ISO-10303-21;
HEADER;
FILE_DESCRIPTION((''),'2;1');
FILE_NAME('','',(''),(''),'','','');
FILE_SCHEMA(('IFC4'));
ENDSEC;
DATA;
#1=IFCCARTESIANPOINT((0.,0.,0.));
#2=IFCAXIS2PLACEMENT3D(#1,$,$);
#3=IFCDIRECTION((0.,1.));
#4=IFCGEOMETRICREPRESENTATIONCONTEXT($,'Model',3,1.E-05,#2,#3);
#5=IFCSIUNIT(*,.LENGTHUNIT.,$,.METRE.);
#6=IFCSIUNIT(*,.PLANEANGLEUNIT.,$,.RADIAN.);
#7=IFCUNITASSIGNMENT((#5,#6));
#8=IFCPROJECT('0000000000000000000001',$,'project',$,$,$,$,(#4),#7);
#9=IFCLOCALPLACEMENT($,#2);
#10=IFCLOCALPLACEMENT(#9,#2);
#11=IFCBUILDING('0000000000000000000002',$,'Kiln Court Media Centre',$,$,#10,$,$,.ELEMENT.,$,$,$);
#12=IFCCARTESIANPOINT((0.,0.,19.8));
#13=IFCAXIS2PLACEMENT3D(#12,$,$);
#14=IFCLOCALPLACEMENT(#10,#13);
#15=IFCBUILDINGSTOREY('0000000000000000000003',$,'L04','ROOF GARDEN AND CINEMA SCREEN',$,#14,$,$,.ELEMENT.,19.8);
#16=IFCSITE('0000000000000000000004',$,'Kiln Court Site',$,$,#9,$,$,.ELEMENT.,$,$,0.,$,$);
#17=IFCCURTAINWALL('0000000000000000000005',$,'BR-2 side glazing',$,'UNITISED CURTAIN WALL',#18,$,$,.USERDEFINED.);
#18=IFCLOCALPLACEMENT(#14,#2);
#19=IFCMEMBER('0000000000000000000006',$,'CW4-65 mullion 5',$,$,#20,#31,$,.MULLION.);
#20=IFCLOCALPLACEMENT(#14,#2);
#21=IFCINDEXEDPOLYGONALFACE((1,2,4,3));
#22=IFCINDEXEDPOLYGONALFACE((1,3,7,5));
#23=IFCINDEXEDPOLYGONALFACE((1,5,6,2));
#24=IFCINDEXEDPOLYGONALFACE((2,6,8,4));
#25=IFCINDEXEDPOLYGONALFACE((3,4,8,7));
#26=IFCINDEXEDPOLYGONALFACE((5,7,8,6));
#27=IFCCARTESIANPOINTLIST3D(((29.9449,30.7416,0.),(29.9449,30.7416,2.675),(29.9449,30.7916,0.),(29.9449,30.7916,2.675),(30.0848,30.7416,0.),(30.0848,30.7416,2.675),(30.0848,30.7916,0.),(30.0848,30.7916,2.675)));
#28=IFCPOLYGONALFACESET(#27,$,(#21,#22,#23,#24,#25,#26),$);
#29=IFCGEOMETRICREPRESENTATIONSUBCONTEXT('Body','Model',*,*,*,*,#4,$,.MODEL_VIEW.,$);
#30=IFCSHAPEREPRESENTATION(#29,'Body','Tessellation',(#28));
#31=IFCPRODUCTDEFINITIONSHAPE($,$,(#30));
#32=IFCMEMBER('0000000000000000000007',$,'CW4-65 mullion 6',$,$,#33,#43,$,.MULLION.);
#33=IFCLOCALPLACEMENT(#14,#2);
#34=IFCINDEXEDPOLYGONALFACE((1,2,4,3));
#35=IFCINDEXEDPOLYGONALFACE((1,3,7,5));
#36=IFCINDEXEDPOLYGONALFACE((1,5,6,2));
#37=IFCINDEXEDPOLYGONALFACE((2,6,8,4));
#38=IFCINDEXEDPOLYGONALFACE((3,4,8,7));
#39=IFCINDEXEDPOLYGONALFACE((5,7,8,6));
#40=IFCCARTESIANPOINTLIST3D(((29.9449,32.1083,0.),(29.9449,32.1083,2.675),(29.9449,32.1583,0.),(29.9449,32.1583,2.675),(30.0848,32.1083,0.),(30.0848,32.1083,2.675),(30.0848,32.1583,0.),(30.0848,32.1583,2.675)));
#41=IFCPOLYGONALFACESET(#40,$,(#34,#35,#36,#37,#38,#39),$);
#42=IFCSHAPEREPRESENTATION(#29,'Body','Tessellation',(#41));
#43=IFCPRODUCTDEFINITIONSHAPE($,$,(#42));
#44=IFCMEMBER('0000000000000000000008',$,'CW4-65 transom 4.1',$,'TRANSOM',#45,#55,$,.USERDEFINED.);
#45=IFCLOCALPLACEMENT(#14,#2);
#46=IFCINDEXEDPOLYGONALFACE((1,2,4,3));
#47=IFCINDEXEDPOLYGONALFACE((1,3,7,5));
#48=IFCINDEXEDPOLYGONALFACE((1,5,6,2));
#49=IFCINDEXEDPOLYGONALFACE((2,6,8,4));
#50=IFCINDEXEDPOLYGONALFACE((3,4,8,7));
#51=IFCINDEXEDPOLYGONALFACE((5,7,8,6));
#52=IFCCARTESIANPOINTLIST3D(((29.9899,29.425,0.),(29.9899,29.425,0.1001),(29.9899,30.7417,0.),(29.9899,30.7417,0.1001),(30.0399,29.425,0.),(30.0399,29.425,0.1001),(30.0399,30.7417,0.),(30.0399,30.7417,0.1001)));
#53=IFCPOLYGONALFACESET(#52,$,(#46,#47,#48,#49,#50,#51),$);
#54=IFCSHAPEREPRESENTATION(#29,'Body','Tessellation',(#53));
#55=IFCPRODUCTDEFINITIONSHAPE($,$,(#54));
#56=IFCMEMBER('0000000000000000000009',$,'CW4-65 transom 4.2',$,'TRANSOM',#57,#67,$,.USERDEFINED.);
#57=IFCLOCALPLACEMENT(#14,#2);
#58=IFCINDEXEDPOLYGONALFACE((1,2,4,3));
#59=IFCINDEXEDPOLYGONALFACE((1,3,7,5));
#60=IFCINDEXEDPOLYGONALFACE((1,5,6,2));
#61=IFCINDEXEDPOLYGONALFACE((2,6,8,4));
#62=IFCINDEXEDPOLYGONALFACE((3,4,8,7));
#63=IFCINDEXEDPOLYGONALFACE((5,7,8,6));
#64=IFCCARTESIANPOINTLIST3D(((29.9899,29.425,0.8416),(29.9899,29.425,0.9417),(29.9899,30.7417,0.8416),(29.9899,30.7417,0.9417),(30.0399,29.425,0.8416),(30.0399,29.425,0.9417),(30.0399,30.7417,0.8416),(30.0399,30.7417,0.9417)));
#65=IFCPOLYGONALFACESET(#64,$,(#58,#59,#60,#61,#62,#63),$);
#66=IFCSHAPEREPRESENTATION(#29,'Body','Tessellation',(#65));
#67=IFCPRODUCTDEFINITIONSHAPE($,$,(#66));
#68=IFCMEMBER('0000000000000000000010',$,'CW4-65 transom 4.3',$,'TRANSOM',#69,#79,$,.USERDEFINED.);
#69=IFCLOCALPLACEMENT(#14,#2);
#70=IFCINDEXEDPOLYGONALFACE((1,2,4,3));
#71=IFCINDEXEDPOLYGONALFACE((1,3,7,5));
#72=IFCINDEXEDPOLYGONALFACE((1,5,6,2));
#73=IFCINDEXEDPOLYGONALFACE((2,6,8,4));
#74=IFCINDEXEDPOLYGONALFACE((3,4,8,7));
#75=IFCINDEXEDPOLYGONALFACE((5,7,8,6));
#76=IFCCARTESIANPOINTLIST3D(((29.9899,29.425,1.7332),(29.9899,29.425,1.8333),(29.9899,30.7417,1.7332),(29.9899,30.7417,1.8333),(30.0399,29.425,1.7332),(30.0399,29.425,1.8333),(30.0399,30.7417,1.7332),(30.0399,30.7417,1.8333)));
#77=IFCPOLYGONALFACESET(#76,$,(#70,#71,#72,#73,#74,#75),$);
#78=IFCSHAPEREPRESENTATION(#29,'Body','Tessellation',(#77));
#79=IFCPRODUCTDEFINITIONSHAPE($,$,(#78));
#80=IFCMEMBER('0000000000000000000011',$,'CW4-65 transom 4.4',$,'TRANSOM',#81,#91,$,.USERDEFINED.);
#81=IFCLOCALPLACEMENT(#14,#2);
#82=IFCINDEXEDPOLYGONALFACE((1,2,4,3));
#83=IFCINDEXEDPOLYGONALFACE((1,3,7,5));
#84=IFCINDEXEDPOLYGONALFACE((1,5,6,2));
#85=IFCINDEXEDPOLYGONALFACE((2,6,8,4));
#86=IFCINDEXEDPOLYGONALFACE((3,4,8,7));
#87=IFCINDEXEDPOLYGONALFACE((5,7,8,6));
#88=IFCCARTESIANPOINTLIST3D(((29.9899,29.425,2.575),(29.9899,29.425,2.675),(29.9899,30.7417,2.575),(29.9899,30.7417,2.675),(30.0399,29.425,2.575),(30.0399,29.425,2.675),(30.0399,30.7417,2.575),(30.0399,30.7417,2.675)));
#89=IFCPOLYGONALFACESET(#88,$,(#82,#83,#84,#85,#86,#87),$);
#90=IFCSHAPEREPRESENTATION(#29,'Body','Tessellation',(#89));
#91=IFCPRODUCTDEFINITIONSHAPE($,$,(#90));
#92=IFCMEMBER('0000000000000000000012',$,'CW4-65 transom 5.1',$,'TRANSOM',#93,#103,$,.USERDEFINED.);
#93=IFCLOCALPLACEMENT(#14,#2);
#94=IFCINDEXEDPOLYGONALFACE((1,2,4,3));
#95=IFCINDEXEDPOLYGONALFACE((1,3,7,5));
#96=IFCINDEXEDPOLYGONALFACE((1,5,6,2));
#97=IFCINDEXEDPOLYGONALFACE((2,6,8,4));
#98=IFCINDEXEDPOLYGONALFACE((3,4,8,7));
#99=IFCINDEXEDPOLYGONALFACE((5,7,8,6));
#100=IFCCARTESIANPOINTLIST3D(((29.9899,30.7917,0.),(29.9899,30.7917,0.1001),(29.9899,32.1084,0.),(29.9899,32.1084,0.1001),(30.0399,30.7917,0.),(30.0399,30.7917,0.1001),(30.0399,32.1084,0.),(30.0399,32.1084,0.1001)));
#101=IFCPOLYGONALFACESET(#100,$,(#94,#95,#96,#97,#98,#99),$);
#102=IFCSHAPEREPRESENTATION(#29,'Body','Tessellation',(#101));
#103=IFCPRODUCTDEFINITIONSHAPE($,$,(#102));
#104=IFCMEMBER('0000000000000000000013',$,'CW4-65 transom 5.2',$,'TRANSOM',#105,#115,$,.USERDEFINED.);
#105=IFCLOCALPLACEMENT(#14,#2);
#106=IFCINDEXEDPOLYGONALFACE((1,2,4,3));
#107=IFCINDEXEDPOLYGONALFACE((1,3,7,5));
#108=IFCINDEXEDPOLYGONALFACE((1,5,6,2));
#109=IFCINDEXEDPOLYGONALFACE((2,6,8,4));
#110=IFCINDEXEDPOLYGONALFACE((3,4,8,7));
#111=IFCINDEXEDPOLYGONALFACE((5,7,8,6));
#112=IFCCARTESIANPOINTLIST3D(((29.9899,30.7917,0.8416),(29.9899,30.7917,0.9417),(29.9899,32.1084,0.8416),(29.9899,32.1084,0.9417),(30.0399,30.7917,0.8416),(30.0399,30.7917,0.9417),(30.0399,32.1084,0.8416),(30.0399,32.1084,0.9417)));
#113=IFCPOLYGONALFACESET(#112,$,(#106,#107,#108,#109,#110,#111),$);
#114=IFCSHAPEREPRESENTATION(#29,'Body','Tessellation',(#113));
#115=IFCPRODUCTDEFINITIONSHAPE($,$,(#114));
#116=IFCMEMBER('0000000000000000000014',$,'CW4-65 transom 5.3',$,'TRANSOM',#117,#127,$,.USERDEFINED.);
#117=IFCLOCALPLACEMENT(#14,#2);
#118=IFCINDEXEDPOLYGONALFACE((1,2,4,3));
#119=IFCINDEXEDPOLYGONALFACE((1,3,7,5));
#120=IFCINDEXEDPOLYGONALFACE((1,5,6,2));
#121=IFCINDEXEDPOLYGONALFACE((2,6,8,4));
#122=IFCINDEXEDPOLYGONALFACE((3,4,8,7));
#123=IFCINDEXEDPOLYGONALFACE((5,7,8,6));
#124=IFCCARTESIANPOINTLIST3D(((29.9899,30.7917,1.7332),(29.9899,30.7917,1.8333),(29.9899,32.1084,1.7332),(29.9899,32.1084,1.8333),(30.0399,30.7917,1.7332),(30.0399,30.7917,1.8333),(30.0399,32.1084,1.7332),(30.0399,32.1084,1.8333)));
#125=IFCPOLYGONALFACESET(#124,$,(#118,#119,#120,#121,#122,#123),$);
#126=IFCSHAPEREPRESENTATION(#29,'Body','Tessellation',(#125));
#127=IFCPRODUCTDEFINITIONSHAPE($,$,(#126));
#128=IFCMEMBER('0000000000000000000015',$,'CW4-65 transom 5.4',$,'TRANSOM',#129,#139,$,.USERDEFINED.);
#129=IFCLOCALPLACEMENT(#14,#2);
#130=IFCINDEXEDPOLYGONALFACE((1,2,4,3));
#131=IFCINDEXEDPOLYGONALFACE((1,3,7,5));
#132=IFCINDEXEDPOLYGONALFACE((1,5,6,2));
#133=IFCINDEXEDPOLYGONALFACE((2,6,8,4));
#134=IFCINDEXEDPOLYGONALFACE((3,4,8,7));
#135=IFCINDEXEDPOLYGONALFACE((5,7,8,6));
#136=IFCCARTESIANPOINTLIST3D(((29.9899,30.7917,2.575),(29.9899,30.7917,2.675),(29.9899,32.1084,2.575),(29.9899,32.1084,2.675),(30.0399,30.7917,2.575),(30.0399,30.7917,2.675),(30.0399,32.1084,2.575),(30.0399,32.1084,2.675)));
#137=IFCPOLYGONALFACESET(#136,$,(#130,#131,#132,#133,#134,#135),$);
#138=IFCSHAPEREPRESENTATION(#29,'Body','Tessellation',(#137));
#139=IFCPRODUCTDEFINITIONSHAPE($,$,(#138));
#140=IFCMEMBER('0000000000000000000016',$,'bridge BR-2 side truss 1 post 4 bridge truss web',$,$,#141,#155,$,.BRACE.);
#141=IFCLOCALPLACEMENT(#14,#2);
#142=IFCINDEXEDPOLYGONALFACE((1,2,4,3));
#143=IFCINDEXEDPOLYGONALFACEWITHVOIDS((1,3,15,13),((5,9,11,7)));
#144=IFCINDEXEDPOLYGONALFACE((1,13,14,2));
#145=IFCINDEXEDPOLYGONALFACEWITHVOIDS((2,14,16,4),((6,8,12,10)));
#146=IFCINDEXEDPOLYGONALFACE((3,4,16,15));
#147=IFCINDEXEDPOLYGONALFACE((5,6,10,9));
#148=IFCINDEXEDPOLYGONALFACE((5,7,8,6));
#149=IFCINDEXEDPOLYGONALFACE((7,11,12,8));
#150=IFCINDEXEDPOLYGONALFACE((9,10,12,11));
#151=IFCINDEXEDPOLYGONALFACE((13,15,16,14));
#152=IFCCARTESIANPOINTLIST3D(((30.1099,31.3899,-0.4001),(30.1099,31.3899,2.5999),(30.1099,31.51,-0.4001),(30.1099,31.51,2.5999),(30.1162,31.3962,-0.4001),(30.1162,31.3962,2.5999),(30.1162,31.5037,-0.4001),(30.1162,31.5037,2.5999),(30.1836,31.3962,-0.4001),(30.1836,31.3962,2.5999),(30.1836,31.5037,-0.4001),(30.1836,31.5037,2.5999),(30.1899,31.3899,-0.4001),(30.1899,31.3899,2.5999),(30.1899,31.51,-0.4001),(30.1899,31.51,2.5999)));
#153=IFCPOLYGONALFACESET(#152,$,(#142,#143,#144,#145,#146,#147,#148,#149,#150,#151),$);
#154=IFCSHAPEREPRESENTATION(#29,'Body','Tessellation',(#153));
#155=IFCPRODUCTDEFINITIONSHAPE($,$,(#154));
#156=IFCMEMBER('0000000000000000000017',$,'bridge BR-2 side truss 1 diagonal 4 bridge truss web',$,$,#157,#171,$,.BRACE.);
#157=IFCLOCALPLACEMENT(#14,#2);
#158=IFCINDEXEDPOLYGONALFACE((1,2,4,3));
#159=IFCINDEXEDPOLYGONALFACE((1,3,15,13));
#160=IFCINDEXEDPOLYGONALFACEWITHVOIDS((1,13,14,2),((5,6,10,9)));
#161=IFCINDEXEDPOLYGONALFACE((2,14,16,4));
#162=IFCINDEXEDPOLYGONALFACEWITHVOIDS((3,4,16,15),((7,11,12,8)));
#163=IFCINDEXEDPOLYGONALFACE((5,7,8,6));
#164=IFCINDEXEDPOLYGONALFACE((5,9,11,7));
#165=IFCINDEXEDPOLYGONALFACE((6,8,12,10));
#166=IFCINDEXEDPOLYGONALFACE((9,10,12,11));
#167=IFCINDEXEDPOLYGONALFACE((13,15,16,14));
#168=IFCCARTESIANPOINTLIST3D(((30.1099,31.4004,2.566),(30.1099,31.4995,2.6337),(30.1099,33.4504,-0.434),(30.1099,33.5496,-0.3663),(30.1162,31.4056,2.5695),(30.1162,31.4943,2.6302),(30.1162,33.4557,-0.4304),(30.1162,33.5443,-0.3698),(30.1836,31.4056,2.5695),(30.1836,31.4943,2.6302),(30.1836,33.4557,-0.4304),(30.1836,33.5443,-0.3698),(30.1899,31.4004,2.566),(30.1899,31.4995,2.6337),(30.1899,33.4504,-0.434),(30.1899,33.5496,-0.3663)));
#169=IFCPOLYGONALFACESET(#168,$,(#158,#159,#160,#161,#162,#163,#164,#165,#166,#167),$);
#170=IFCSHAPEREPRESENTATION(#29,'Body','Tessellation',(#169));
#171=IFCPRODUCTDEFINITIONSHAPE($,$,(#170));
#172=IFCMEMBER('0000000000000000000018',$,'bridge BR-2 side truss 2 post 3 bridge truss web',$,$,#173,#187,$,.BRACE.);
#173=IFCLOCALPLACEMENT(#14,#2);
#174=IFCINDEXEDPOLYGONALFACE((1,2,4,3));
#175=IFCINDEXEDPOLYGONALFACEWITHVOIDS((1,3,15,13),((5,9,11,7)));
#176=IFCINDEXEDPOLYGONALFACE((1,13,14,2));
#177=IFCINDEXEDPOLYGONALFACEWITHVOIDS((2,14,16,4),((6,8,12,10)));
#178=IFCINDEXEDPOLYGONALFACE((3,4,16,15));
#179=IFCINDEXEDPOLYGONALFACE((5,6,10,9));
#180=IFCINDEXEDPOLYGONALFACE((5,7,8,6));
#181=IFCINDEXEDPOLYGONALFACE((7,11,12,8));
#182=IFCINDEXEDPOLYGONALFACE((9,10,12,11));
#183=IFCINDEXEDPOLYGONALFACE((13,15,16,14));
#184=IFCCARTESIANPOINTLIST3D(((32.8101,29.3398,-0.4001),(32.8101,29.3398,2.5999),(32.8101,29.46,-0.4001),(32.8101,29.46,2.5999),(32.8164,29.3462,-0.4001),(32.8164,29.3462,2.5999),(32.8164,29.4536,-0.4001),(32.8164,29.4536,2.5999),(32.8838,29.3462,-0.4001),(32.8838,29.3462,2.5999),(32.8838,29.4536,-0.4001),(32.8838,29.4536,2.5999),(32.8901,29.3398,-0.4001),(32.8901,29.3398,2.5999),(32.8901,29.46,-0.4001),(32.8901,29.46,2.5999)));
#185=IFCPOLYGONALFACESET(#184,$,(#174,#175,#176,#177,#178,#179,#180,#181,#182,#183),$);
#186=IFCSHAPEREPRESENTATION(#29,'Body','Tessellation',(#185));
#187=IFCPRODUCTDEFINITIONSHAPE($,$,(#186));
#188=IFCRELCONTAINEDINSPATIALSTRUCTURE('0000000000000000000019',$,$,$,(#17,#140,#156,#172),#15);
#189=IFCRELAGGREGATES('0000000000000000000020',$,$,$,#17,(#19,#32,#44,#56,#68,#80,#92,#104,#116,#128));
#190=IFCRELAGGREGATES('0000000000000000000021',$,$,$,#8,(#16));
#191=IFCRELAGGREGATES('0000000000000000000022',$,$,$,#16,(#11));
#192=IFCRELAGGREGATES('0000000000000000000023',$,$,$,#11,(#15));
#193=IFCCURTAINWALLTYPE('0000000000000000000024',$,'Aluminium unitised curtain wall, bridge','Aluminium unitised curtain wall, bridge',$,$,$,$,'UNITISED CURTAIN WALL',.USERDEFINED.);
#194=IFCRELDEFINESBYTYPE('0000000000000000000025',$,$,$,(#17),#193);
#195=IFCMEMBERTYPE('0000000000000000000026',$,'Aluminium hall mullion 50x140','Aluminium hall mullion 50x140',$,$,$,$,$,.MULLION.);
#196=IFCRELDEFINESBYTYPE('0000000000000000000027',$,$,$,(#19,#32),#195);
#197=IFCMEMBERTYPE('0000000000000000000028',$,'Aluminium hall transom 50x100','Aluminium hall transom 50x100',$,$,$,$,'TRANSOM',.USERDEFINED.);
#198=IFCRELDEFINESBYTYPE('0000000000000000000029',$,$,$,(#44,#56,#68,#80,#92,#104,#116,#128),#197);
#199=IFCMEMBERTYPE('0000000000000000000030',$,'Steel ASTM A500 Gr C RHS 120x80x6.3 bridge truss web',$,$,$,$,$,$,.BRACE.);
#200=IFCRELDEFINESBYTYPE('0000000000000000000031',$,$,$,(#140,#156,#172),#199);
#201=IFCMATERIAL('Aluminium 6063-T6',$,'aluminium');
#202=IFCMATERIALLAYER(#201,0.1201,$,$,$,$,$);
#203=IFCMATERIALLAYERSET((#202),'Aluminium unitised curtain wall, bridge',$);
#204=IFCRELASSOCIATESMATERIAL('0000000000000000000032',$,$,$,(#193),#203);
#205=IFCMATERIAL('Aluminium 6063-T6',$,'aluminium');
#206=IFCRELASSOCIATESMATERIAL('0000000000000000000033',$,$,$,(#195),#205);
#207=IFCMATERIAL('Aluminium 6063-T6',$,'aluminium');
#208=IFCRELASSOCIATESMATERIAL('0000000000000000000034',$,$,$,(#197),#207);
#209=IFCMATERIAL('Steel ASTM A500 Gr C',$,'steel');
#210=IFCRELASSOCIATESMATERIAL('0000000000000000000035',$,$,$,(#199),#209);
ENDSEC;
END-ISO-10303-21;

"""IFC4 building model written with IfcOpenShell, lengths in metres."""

from ifc_helpers import new_model, si_unit, direction, frame, origin, origin_2d, place, context, subcontext, project, spatial, rectangle, hollow_rectangle, extrude, material, layer, layer_set, material_profile, profile_set, type_object, element, aggregate, save


model = new_model("IFC4")

# Units and contexts
model_context = context("Model", 3, precision=1e-05, world=origin(), true_north=direction((0.0, 1.0)))
body_context = subcontext(model_context, "Body", "Model", "MODEL_VIEW")
ifc_project = project(units=[si_unit("LENGTHUNIT", "METRE"), si_unit("PLANEANGLEUNIT", "RADIAN")], contexts=[model_context])

# Site, building, storey
site_placement = place(None, origin())
site = spatial("IfcSite", under=ifc_project, at=site_placement, Name="Kiln Court Site", CompositionType="ELEMENT", RefElevation=0.0)
building_placement = place(site_placement, origin())
building = spatial("IfcBuilding", under=site, at=building_placement, Name="Kiln Court Media Centre", CompositionType="ELEMENT")
storey_placement = place(building_placement, frame((0.0, 0.0, 19.8)))
storey = spatial("IfcBuildingStorey", under=building, at=storey_placement, Name="L04", Description="ROOF GARDEN AND CINEMA SCREEN", CompositionType="ELEMENT", Elevation=19.8)

# Curtain wall, members
ifc_material_1 = material(Name="Aluminium 6063-T6", Category="aluminium")
ifc_layer_1 = layer(ifc_material_1, 0.1201)
ifc_layer_set_1 = layer_set([ifc_layer_1], Name="Aluminium unitised curtain wall, bridge")
curtain_wall_type = type_object("IfcCurtainWallType", Name="Aluminium unitised curtain wall, bridge", Description="Aluminium unitised curtain wall, bridge", ElementType="UNITISED CURTAIN WALL", PredefinedType="USERDEFINED", material=ifc_layer_set_1)
curtain_wall_placement = place(storey_placement, origin())
curtain_wall = element("IfcCurtainWall", 1, at=curtain_wall_placement, inside=storey, type_object=curtain_wall_type, Name="BR-2 side glazing", ObjectType="UNITISED CURTAIN WALL", PredefinedType="USERDEFINED")
ifc_material_2 = material(Name="Aluminium 6063-T6", Category="aluminium")
ifc_material_profile_1 = material_profile(ifc_material_2, rectangle(XDim=0.05, YDim=0.1399, at=origin_2d()), Name="Aluminium hall mullion 50x140")
ifc_profile_set_1 = profile_set([ifc_material_profile_1], Name="Aluminium 6063-T6")
member_type_1 = type_object("IfcMemberType", Name="Aluminium hall mullion 50x140", Description="Aluminium hall mullion 50x140", PredefinedType="MULLION", material=ifc_profile_set_1)
member_1_placement = place(storey_placement, frame((30.0149, 30.7666, 0.0), z_axis=(0.0, 0.0, 1.0), x_axis=(0.0, 1.0, 0.0)))
member_1 = element("IfcMember", 2, at=member_1_placement, type_object=member_type_1, Name="CW4-65 mullion 5", PredefinedType="MULLION", context=body_context, shape_type="SweptSolid", body=[
    extrude(rectangle(XDim=0.05, YDim=0.1399, at=origin_2d()), origin(), (0.0, 0.0, 1.0), 2.675),
])
member_2_placement = place(storey_placement, frame((30.0149, 32.1333, 0.0), z_axis=(0.0, 0.0, 1.0), x_axis=(0.0, 1.0, 0.0)))
member_2 = element("IfcMember", 3, at=member_2_placement, type_object=member_type_1, Name="CW4-65 mullion 6", PredefinedType="MULLION", context=body_context, shape_type="SweptSolid", body=[
    extrude(rectangle(XDim=0.05, YDim=0.1399, at=origin_2d()), origin(), (0.0, 0.0, 1.0), 2.675),
])
ifc_material_3 = material(Name="Aluminium 6063-T6", Category="aluminium")
ifc_material_profile_2 = material_profile(ifc_material_3, rectangle(XDim=0.05, YDim=0.1001, at=origin_2d()), Name="Aluminium hall transom 50x100")
ifc_profile_set_2 = profile_set([ifc_material_profile_2], Name="Aluminium 6063-T6")
member_type_2 = type_object("IfcMemberType", Name="Aluminium hall transom 50x100", Description="Aluminium hall transom 50x100", ElementType="TRANSOM", PredefinedType="USERDEFINED", material=ifc_profile_set_2)
member_3_placement = place(storey_placement, frame((30.0149, 29.425, 0.05), z_axis=(0.0, 1.0, 0.0), x_axis=(-1.0, 0.0, 0.0)))
member_3 = element("IfcMember", 4, at=member_3_placement, type_object=member_type_2, Name="CW4-65 transom 4.1", ObjectType="TRANSOM", PredefinedType="USERDEFINED", context=body_context, shape_type="SweptSolid", body=[
    extrude(rectangle(XDim=0.05, YDim=0.1001, at=origin_2d()), origin(), (0.0, 0.0, 1.0), 1.3167),
])
member_4_placement = place(storey_placement, frame((30.0149, 29.425, 0.8916), z_axis=(0.0, 1.0, 0.0), x_axis=(-1.0, 0.0, 0.0)))
member_4 = element("IfcMember", 5, at=member_4_placement, type_object=member_type_2, Name="CW4-65 transom 4.2", ObjectType="TRANSOM", PredefinedType="USERDEFINED", context=body_context, shape_type="SweptSolid", body=[
    extrude(rectangle(XDim=0.05, YDim=0.1001, at=origin_2d()), origin(), (0.0, 0.0, 1.0), 1.3167),
])
member_5_placement = place(storey_placement, frame((30.0149, 29.425, 1.7832), z_axis=(0.0, 1.0, 0.0), x_axis=(-1.0, 0.0, 0.0)))
member_5 = element("IfcMember", 6, at=member_5_placement, type_object=member_type_2, Name="CW4-65 transom 4.3", ObjectType="TRANSOM", PredefinedType="USERDEFINED", context=body_context, shape_type="SweptSolid", body=[
    extrude(rectangle(XDim=0.05, YDim=0.1001, at=origin_2d()), origin(), (0.0, 0.0, 1.0), 1.3167),
])
member_6_placement = place(storey_placement, frame((30.0149, 29.425, 2.625), z_axis=(0.0, 1.0, 0.0), x_axis=(-1.0, 0.0, 0.0)))
member_6 = element("IfcMember", 7, at=member_6_placement, type_object=member_type_2, Name="CW4-65 transom 4.4", ObjectType="TRANSOM", PredefinedType="USERDEFINED", context=body_context, shape_type="SweptSolid", body=[
    extrude(rectangle(XDim=0.05, YDim=0.1001, at=origin_2d()), origin(), (0.0, 0.0, 1.0), 1.3167),
])
member_7_placement = place(storey_placement, frame((30.0149, 30.7917, 0.05), z_axis=(0.0, 1.0, 0.0), x_axis=(-1.0, 0.0, 0.0)))
member_7 = element("IfcMember", 8, at=member_7_placement, type_object=member_type_2, Name="CW4-65 transom 5.1", ObjectType="TRANSOM", PredefinedType="USERDEFINED", context=body_context, shape_type="SweptSolid", body=[
    extrude(rectangle(XDim=0.05, YDim=0.1001, at=origin_2d()), origin(), (0.0, 0.0, 1.0), 1.3167),
])
member_8_placement = place(storey_placement, frame((30.0149, 30.7917, 0.8916), z_axis=(0.0, 1.0, 0.0), x_axis=(-1.0, 0.0, 0.0)))
member_8 = element("IfcMember", 9, at=member_8_placement, type_object=member_type_2, Name="CW4-65 transom 5.2", ObjectType="TRANSOM", PredefinedType="USERDEFINED", context=body_context, shape_type="SweptSolid", body=[
    extrude(rectangle(XDim=0.05, YDim=0.1001, at=origin_2d()), origin(), (0.0, 0.0, 1.0), 1.3167),
])
member_9_placement = place(storey_placement, frame((30.0149, 30.7917, 1.7832), z_axis=(0.0, 1.0, 0.0), x_axis=(-1.0, 0.0, 0.0)))
member_9 = element("IfcMember", 10, at=member_9_placement, type_object=member_type_2, Name="CW4-65 transom 5.3", ObjectType="TRANSOM", PredefinedType="USERDEFINED", context=body_context, shape_type="SweptSolid", body=[
    extrude(rectangle(XDim=0.05, YDim=0.1001, at=origin_2d()), origin(), (0.0, 0.0, 1.0), 1.3167),
])
member_10_placement = place(storey_placement, frame((30.0149, 30.7917, 2.625), z_axis=(0.0, 1.0, 0.0), x_axis=(-1.0, 0.0, 0.0)))
member_10 = element("IfcMember", 11, at=member_10_placement, type_object=member_type_2, Name="CW4-65 transom 5.4", ObjectType="TRANSOM", PredefinedType="USERDEFINED", context=body_context, shape_type="SweptSolid", body=[
    extrude(rectangle(XDim=0.05, YDim=0.1001, at=origin_2d()), origin(), (0.0, 0.0, 1.0), 1.3167),
])

# Members
ifc_material_4 = material(Name="Steel ASTM A500 Gr C", Category="steel")
ifc_material_profile_3 = material_profile(ifc_material_4, hollow_rectangle(XDim=0.0801, YDim=0.1201, WallThickness=0.0063, at=origin_2d()), Name="RHS 120x80x6.3")
ifc_profile_set_3 = profile_set([ifc_material_profile_3], Name="Steel ASTM A500 Gr C")
member_type_3 = type_object("IfcMemberType", Name="Steel ASTM A500 Gr C RHS 120x80x6.3 bridge truss web", PredefinedType="BRACE", material=ifc_profile_set_3)
member_11_placement = place(storey_placement, frame((30.1499, 31.45, -0.4001), z_axis=(0.0, 0.0, 1.0), x_axis=(1.0, 0.0, 0.0)))
element("IfcMember", 12, at=member_11_placement, inside=storey, type_object=member_type_3, Name="bridge BR-2 side truss 1 post 4 bridge truss web", PredefinedType="BRACE", context=body_context, shape_type="SweptSolid", body=[
    extrude(hollow_rectangle(XDim=0.0801, YDim=0.1201, WallThickness=0.0063, at=origin_2d()), origin(), (0.0, 0.0, 1.0), 3.0),
])
member_12_placement = place(storey_placement, frame((30.1499, 31.45, 2.5999), z_axis=(0.0, 0.5642, -0.825638), x_axis=(-1.0, 0.0, 0.0)))
element("IfcMember", 13, at=member_12_placement, inside=storey, type_object=member_type_3, Name="bridge BR-2 side truss 1 diagonal 4 bridge truss web", PredefinedType="BRACE", context=body_context, shape_type="SweptSolid", body=[
    extrude(hollow_rectangle(XDim=0.0801, YDim=0.1201, WallThickness=0.0063, at=origin_2d()), origin(), (0.0, 0.0, 1.0), 3.6335),
])
member_13_placement = place(storey_placement, frame((32.8501, 29.3999, -0.4001), z_axis=(0.0, 0.0, 1.0), x_axis=(1.0, 0.0, 0.0)))
element("IfcMember", 14, at=member_13_placement, inside=storey, type_object=member_type_3, Name="bridge BR-2 side truss 2 post 3 bridge truss web", PredefinedType="BRACE", context=body_context, shape_type="SweptSolid", body=[
    extrude(hollow_rectangle(XDim=0.0801, YDim=0.1201, WallThickness=0.0063, at=origin_2d()), origin(), (0.0, 0.0, 1.0), 3.0),
])

aggregate(curtain_wall, [member_1, member_2, member_3, member_4, member_5, member_6, member_7, member_8, member_9, member_10])

save(model, "model.ifc")
